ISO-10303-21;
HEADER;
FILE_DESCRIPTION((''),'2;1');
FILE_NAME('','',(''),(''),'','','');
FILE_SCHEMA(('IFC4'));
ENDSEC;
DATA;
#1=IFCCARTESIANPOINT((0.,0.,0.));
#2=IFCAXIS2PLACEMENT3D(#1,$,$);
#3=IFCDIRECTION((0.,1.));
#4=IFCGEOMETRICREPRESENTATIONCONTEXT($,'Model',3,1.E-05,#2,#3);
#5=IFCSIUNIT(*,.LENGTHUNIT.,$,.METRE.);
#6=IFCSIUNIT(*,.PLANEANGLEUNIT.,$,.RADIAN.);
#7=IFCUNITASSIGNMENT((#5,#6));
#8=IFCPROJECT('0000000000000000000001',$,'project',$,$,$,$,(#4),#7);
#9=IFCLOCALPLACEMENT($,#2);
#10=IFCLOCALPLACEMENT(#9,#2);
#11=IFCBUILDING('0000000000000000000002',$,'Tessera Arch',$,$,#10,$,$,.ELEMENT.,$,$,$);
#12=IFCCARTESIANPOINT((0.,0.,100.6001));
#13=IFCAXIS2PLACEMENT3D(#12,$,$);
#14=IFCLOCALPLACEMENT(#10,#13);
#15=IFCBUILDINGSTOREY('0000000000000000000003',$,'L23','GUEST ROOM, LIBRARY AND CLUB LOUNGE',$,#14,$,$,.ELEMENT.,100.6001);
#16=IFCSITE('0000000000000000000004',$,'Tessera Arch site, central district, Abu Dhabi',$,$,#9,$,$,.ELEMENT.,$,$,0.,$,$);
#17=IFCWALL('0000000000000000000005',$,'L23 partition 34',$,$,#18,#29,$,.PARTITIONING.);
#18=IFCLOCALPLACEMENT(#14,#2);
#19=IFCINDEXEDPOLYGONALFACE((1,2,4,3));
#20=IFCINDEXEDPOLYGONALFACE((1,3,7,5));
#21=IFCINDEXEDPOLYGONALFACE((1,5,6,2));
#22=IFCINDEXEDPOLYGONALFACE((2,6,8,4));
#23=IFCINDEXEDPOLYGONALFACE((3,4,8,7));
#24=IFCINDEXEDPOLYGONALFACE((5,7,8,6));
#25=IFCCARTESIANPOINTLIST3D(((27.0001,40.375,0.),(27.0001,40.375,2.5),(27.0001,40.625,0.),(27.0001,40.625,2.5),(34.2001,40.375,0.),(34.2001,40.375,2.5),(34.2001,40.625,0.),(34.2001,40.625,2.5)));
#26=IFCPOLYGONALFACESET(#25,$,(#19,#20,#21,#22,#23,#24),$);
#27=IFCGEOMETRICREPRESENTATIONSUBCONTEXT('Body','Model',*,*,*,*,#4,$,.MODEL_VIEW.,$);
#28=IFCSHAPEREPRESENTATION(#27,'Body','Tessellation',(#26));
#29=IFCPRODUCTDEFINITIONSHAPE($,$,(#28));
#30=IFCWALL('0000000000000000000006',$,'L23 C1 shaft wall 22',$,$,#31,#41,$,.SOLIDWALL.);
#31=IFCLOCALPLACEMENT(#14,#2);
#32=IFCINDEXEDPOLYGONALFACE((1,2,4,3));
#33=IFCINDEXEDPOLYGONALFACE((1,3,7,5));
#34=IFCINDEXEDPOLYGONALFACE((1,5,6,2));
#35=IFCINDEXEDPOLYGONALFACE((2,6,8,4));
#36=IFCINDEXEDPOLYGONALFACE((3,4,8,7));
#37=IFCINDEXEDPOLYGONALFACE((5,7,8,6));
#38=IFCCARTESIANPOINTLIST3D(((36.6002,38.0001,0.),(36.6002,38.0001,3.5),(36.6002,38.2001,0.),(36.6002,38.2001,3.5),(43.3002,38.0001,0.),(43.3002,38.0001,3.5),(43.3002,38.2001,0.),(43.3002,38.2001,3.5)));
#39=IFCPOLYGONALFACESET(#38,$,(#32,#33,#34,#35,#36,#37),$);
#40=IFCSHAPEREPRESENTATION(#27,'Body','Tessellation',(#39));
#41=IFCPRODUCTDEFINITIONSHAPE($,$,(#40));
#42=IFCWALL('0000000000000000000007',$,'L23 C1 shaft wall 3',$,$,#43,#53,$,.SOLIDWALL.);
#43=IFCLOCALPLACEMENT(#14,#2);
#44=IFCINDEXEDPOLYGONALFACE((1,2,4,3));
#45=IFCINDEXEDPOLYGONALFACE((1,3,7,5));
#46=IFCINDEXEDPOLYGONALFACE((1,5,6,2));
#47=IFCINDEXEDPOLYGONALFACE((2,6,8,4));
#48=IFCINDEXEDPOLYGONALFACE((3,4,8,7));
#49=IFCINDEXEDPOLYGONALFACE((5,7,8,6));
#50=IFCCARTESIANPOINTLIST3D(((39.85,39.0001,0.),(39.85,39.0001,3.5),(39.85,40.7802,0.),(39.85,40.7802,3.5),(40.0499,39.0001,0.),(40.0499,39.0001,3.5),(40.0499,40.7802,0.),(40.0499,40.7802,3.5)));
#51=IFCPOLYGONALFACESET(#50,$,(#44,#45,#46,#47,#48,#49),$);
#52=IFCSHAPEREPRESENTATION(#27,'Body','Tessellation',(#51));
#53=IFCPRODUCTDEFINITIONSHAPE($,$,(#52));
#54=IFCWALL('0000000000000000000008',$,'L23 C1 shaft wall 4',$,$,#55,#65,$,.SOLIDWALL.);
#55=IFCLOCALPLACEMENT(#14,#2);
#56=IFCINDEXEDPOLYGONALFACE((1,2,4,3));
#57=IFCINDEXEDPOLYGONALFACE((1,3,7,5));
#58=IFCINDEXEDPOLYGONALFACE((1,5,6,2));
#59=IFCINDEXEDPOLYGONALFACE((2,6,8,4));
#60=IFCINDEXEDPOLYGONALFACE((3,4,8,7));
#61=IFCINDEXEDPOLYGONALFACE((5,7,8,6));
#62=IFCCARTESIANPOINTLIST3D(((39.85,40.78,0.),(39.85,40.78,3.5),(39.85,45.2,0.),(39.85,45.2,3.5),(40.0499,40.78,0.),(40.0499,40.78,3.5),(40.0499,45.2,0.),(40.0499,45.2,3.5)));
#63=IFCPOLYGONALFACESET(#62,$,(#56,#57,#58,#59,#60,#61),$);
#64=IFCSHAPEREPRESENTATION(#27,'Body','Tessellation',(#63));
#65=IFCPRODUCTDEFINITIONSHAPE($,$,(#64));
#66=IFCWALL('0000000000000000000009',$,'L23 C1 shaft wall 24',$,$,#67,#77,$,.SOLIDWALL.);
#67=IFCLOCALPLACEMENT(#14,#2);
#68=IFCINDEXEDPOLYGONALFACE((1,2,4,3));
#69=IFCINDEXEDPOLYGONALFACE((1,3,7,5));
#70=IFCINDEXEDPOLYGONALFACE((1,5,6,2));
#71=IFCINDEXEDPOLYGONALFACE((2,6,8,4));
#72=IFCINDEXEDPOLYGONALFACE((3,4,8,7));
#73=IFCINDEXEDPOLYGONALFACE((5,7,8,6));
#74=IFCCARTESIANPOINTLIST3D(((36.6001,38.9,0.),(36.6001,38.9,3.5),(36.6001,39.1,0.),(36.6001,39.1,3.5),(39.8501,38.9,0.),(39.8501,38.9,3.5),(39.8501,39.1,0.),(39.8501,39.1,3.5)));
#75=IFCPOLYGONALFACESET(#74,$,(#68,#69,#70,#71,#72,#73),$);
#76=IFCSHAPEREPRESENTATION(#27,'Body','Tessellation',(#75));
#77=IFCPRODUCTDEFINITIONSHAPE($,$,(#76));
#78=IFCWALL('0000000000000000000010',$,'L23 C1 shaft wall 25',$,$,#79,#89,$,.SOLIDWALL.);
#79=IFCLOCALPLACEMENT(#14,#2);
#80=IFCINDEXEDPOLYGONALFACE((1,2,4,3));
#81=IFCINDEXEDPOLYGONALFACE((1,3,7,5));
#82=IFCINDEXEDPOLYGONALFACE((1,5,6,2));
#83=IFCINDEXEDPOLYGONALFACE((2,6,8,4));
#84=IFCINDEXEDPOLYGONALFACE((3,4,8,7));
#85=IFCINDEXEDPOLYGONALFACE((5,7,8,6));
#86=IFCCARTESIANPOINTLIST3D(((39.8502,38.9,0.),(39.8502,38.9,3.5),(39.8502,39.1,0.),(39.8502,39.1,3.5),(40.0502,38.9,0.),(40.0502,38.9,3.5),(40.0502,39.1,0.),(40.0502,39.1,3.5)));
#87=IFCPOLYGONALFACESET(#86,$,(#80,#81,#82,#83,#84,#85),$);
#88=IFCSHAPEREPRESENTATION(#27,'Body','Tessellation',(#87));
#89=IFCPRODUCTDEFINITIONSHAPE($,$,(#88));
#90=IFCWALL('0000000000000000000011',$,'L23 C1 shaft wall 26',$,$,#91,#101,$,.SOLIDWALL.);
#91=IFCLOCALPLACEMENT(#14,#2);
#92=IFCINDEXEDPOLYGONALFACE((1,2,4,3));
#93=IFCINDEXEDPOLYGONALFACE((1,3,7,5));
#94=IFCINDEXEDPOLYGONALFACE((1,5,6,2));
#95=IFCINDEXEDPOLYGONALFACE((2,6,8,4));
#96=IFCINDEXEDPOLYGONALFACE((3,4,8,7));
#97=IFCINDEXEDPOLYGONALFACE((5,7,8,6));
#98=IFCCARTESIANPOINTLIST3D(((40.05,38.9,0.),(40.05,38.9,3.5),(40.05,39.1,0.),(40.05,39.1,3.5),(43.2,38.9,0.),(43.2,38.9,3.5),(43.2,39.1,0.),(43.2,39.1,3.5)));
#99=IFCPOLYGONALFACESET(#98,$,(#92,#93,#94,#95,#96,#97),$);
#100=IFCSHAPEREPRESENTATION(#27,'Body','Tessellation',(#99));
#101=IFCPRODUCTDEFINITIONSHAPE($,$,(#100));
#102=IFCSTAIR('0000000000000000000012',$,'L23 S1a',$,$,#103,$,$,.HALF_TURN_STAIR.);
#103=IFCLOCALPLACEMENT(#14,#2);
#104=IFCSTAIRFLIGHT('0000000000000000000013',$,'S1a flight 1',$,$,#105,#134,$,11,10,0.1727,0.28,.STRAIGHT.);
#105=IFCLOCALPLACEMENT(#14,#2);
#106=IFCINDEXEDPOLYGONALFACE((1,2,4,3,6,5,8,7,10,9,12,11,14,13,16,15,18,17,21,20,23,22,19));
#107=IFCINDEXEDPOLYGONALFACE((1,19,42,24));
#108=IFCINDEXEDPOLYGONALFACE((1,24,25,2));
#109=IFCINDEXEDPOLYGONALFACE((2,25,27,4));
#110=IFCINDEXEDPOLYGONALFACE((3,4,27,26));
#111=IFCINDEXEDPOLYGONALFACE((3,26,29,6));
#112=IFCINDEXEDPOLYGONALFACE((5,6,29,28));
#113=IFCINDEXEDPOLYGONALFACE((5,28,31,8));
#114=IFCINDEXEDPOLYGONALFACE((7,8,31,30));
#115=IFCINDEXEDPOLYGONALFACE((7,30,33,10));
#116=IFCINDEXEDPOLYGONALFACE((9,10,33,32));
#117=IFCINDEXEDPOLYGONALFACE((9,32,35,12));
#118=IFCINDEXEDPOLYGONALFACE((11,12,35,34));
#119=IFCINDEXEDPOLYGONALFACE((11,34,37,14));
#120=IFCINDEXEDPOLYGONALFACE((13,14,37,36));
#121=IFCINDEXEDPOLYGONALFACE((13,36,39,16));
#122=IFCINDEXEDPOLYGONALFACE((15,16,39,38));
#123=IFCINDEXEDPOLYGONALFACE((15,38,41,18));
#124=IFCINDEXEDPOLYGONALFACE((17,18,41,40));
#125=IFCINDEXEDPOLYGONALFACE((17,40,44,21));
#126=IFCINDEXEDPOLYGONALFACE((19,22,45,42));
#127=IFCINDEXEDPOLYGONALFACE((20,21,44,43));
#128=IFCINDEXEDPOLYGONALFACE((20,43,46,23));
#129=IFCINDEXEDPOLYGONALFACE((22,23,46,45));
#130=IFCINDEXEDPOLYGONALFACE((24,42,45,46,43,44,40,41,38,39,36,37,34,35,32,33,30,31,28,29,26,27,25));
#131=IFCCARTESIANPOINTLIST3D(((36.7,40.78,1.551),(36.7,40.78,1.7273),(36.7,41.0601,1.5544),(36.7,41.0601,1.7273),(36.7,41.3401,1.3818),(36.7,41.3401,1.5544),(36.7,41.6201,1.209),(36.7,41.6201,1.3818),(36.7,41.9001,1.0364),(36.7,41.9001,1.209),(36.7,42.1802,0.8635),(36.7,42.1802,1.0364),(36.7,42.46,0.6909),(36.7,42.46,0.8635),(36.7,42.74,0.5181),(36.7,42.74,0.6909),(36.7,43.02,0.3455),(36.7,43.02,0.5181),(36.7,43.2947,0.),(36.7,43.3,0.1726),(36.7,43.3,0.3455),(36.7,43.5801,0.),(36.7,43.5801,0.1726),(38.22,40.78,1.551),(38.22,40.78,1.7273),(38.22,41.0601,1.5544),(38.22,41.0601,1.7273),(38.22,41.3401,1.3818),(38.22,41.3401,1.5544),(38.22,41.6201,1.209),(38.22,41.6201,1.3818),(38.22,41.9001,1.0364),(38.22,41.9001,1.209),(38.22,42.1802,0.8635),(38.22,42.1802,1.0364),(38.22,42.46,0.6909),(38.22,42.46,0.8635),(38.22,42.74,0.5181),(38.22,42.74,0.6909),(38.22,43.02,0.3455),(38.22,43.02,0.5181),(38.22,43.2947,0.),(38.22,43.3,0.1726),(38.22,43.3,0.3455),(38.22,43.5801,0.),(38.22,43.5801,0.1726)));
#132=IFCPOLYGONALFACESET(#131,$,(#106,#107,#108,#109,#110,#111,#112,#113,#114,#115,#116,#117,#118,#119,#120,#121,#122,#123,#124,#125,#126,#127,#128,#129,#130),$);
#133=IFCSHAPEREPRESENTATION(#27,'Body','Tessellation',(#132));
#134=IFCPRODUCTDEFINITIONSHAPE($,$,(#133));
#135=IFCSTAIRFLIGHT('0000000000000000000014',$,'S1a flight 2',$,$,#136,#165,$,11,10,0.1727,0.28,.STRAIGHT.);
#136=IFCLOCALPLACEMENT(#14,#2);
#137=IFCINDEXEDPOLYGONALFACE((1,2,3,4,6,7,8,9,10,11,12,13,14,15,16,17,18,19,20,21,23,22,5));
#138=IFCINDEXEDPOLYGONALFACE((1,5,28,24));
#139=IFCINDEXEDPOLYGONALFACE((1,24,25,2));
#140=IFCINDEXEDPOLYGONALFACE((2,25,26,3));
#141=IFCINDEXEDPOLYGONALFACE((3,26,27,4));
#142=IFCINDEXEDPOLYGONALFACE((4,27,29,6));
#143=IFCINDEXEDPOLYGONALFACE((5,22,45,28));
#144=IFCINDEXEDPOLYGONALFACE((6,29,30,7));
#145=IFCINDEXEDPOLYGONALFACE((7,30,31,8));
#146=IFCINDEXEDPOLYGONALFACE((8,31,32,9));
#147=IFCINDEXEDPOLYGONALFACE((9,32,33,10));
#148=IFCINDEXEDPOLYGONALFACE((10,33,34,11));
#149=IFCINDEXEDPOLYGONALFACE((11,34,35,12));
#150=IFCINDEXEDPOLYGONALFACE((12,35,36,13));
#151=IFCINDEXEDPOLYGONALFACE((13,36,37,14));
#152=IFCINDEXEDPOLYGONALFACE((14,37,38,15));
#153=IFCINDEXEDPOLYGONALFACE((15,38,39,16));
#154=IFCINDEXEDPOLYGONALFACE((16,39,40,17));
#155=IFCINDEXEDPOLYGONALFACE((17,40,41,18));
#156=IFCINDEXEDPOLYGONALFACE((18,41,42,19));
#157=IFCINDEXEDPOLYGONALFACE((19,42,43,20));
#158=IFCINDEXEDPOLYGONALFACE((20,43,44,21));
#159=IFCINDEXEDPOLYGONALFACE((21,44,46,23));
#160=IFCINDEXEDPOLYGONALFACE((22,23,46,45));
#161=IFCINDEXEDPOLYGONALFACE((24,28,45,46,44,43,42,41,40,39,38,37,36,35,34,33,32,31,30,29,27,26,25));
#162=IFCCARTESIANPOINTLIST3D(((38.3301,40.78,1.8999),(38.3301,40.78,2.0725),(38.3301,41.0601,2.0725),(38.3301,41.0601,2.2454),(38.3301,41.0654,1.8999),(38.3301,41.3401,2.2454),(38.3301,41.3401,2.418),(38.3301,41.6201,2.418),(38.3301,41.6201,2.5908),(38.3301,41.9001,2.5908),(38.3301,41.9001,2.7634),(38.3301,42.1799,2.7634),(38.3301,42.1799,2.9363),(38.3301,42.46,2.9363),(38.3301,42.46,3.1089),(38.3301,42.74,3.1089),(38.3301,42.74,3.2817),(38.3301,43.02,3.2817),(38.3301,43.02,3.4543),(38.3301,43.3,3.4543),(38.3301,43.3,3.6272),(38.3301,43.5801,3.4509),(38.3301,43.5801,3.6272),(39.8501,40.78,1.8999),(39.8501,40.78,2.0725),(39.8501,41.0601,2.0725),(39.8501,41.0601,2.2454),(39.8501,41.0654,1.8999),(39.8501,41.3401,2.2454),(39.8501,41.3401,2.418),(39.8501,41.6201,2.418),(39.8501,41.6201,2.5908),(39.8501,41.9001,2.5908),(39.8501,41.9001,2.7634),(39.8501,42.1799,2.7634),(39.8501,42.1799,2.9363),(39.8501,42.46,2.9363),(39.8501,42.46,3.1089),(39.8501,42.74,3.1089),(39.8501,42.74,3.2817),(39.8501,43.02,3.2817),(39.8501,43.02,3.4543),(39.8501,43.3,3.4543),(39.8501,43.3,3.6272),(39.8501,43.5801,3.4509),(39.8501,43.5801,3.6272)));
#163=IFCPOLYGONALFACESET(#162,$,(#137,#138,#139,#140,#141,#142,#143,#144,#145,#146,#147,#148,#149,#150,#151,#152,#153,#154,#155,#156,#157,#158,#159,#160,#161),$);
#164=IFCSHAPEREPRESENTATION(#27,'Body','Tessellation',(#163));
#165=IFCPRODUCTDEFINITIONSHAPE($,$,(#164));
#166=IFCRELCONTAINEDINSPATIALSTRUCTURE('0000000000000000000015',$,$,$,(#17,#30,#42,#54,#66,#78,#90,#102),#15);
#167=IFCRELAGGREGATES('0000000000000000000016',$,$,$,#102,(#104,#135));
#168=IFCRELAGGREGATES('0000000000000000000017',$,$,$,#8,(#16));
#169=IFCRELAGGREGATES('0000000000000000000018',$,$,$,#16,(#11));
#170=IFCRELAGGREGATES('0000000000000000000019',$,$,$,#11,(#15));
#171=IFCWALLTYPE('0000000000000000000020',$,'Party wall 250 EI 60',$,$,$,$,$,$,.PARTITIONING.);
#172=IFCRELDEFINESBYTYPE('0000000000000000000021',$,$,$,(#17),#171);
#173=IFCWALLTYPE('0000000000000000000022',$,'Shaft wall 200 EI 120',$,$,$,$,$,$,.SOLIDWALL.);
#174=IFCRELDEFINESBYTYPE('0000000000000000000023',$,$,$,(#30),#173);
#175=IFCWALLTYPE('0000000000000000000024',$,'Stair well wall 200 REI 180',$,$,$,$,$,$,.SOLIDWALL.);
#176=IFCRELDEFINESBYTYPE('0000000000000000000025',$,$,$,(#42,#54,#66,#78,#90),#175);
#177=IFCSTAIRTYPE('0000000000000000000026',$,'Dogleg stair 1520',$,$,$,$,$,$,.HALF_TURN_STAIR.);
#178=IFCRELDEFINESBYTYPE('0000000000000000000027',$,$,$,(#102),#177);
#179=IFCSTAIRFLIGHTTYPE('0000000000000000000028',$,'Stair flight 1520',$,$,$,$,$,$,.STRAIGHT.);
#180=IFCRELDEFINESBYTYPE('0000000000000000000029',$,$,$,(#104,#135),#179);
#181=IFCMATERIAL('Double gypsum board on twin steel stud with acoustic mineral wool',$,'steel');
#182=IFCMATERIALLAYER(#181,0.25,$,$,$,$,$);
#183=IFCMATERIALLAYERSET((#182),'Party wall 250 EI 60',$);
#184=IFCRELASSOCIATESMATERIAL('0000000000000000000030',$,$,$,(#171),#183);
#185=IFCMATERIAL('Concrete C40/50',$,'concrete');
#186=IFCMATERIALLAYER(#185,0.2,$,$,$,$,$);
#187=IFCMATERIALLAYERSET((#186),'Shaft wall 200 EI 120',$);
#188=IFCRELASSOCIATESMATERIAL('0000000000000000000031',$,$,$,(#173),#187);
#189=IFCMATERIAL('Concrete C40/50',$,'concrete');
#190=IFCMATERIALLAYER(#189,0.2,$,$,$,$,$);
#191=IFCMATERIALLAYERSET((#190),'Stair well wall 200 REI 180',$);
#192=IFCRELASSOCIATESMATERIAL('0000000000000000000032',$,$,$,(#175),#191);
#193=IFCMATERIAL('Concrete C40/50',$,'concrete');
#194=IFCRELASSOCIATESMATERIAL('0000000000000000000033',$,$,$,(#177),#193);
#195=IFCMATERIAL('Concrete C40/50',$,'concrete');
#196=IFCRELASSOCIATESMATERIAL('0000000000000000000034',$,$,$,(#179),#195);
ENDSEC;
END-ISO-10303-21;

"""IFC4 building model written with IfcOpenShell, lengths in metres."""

from ifc_helpers import new_model, si_unit, direction, frame, frame_2d, origin, place, context, subcontext, project, spatial, polyline, rectangle, outline, extrude, material, layer, layer_set, type_object, element, aggregate, save


model = new_model("IFC4")

# Units and contexts
model_context = context("Model", 3, precision=1e-05, world=origin(), true_north=direction((0.0, 1.0)))
body_context = subcontext(model_context, "Body", "Model", "MODEL_VIEW")
ifc_project = project(units=[si_unit("LENGTHUNIT", "METRE"), si_unit("PLANEANGLEUNIT", "RADIAN")], contexts=[model_context])

# Site, building, storey
site_placement = place(None, origin())
site = spatial("IfcSite", under=ifc_project, at=site_placement, Name="Tessera Arch site, central district, Abu Dhabi", CompositionType="ELEMENT", RefElevation=0.0)
building_placement = place(site_placement, origin())
building = spatial("IfcBuilding", under=site, at=building_placement, Name="Tessera Arch", CompositionType="ELEMENT")
storey_placement = place(building_placement, frame((0.0, 0.0, 100.6001)))
storey = spatial("IfcBuildingStorey", under=building, at=storey_placement, Name="L23", Description="GUEST ROOM, LIBRARY AND CLUB LOUNGE", CompositionType="ELEMENT", Elevation=100.6001)

# Walls
ifc_material_1 = material(Name="Double gypsum board on twin steel stud with acoustic mineral wool", Category="steel")
ifc_layer_1 = layer(ifc_material_1, 0.25)
ifc_layer_set_1 = layer_set([ifc_layer_1], Name="Party wall 250 EI 60")
wall_type_1 = type_object("IfcWallType", Name="Party wall 250 EI 60", PredefinedType="PARTITIONING", material=ifc_layer_set_1)
wall_1_placement = place(storey_placement, frame((27.0, 40.5, 0.0), z_axis=(0.0, 0.0, 1.0), x_axis=(1.0, 0.0, 0.0)))
element("IfcWall", 1, at=wall_1_placement, inside=storey, type_object=wall_type_1, Name="L23 partition 34", PredefinedType="PARTITIONING", context=body_context, shape_type="SweptSolid", body=[
    extrude(rectangle(XDim=7.2, YDim=0.25, at=frame_2d((3.6001, 0.0))), origin(), (0.0, 0.0, 1.0), 2.5),
])
ifc_material_2 = material(Name="Concrete C40/50", Category="concrete")
ifc_layer_2 = layer(ifc_material_2, 0.2)
ifc_layer_set_2 = layer_set([ifc_layer_2], Name="Shaft wall 200 EI 120")
wall_type_2 = type_object("IfcWallType", Name="Shaft wall 200 EI 120", PredefinedType="SOLIDWALL", material=ifc_layer_set_2)
wall_2_placement = place(storey_placement, frame((36.6001, 38.1001, 0.0), z_axis=(0.0, 0.0, 1.0), x_axis=(1.0, 0.0, 0.0)))
element("IfcWall", 2, at=wall_2_placement, inside=storey, type_object=wall_type_2, Name="L23 C1 shaft wall 22", PredefinedType="SOLIDWALL", context=body_context, shape_type="SweptSolid", body=[
    extrude(rectangle(XDim=6.7, YDim=0.2, at=frame_2d((3.3501, 0.0))), origin(), (0.0, 0.0, 1.0), 3.5),
])
ifc_material_3 = material(Name="Concrete C40/50", Category="concrete")
ifc_layer_3 = layer(ifc_material_3, 0.2)
ifc_layer_set_3 = layer_set([ifc_layer_3], Name="Stair well wall 200 REI 180")
wall_type_3 = type_object("IfcWallType", Name="Stair well wall 200 REI 180", PredefinedType="SOLIDWALL", material=ifc_layer_set_3)
wall_3_placement = place(storey_placement, frame((39.95, 39.0, 0.0), z_axis=(0.0, 0.0, 1.0), x_axis=(0.0, 1.0, 0.0)))
element("IfcWall", 3, at=wall_3_placement, inside=storey, type_object=wall_type_3, Name="L23 C1 shaft wall 3", PredefinedType="SOLIDWALL", context=body_context, shape_type="SweptSolid", body=[
    extrude(rectangle(XDim=1.78, YDim=0.2, at=frame_2d((0.8901, 0.0))), origin(), (0.0, 0.0, 1.0), 3.5),
])
wall_4_placement = place(storey_placement, frame((39.95, 40.78, 0.0), z_axis=(0.0, 0.0, 1.0), x_axis=(0.0, 1.0, 0.0)))
element("IfcWall", 4, at=wall_4_placement, inside=storey, type_object=wall_type_3, Name="L23 C1 shaft wall 4", PredefinedType="SOLIDWALL", context=body_context, shape_type="SweptSolid", body=[
    extrude(rectangle(XDim=4.4199, YDim=0.2, at=frame_2d((2.21, 0.0))), origin(), (0.0, 0.0, 1.0), 3.5),
])
wall_5_placement = place(storey_placement, frame((36.6001, 39.0, 0.0), z_axis=(0.0, 0.0, 1.0), x_axis=(1.0, 0.0, 0.0)))
element("IfcWall", 5, at=wall_5_placement, inside=storey, type_object=wall_type_3, Name="L23 C1 shaft wall 24", PredefinedType="SOLIDWALL", context=body_context, shape_type="SweptSolid", body=[
    extrude(rectangle(XDim=3.25, YDim=0.2, at=frame_2d((1.625, 0.0))), origin(), (0.0, 0.0, 1.0), 3.5),
])
wall_6_placement = place(storey_placement, frame((39.8501, 39.0, 0.0), z_axis=(0.0, 0.0, 1.0), x_axis=(1.0, 0.0, 0.0)))
element("IfcWall", 6, at=wall_6_placement, inside=storey, type_object=wall_type_3, Name="L23 C1 shaft wall 25", PredefinedType="SOLIDWALL", context=body_context, shape_type="SweptSolid", body=[
    extrude(rectangle(XDim=0.2, YDim=0.2, at=frame_2d((0.1001, 0.0))), origin(), (0.0, 0.0, 1.0), 3.5),
])
wall_7_placement = place(storey_placement, frame((40.05, 39.0, 0.0), z_axis=(0.0, 0.0, 1.0), x_axis=(1.0, 0.0, 0.0)))
element("IfcWall", 7, at=wall_7_placement, inside=storey, type_object=wall_type_3, Name="L23 C1 shaft wall 26", PredefinedType="SOLIDWALL", context=body_context, shape_type="SweptSolid", body=[
    extrude(rectangle(XDim=3.1499, YDim=0.2, at=frame_2d((1.575, 0.0))), origin(), (0.0, 0.0, 1.0), 3.5),
])

# Stair, stair flights
ifc_material_4 = material(Name="Concrete C40/50", Category="concrete")
stair_type = type_object("IfcStairType", Name="Dogleg stair 1520", PredefinedType="HALF_TURN_STAIR", material=ifc_material_4)
stair_1_placement = place(storey_placement, origin())
stair_1 = element("IfcStair", 8, at=stair_1_placement, inside=storey, type_object=stair_type, Name="L23 S1a", PredefinedType="HALF_TURN_STAIR")
ifc_material_5 = material(Name="Concrete C40/50", Category="concrete")
stair_flight_type = type_object("IfcStairFlightType", Name="Stair flight 1520", PredefinedType="STRAIGHT", material=ifc_material_5)
stair_flight_1_placement = place(storey_placement, frame((37.46, 43.5801, 0.0), z_axis=(0.0, 0.0, 1.0), x_axis=(0.0, -1.0, 0.0)))
stair_flight_1 = element("IfcStairFlight", 9, at=stair_flight_1_placement, type_object=stair_flight_type, Name="S1a flight 1", NumberOfRisers=11, NumberOfTreads=10, PredefinedType="STRAIGHT", RiserHeight=0.1727, TreadLength=0.28, context=body_context, shape_type="SweptSolid", body=[
    extrude(outline(polyline([(0.0, 0.0), (0.0, 0.1726), (0.28, 0.1726), (0.28, 0.3455), (0.5601, 0.3455), (0.5601, 0.5181), (0.8401, 0.5181), (0.8401, 0.6909), (1.1201, 0.6909), (1.1201, 0.8635), (1.3999, 0.8635), (1.3999, 1.0364), (1.6799, 1.0364), (1.6799, 1.209), (1.96, 1.209), (1.96, 1.3818), (2.24, 1.3818), (2.24, 1.5544), (2.52, 1.5544), (2.52, 1.7273), (2.8, 1.7273), (2.8, 1.8999), (2.8, 1.551), (0.2854, 0.0), (0.0, 0.0)])), frame((0.0, 0.76, 0.0), z_axis=(0.0, -1.0, 0.0), x_axis=(1.0, 0.0, 0.0)), (0.0, 0.0, 1.0), 1.52),
])
stair_flight_2_placement = place(storey_placement, frame((39.0901, 40.78, 1.8999), z_axis=(0.0, 0.0, 1.0), x_axis=(0.0, 1.0, 0.0)))
stair_flight_2 = element("IfcStairFlight", 10, at=stair_flight_2_placement, type_object=stair_flight_type, Name="S1a flight 2", NumberOfRisers=11, NumberOfTreads=10, PredefinedType="STRAIGHT", RiserHeight=0.1727, TreadLength=0.28, context=body_context, shape_type="SweptSolid", body=[
    extrude(outline(polyline([(0.0, 0.0), (0.0, 0.1726), (0.28, 0.1726), (0.28, 0.3455), (0.5601, 0.3455), (0.5601, 0.5181), (0.8401, 0.5181), (0.8401, 0.6909), (1.1201, 0.6909), (1.1201, 0.8635), (1.3999, 0.8635), (1.3999, 1.0364), (1.6799, 1.0364), (1.6799, 1.209), (1.96, 1.209), (1.96, 1.3818), (2.24, 1.3818), (2.24, 1.5544), (2.52, 1.5544), (2.52, 1.7273), (2.8, 1.7273), (2.8, 1.8999), (2.8, 1.551), (0.2854, 0.0), (0.0, 0.0)])), frame((0.0, 0.76, 0.0), z_axis=(0.0, -1.0, 0.0), x_axis=(1.0, 0.0, 0.0)), (0.0, 0.0, 1.0), 1.52),
])
aggregate(stair_1, [stair_flight_1, stair_flight_2])

save(model, "model.ifc")
